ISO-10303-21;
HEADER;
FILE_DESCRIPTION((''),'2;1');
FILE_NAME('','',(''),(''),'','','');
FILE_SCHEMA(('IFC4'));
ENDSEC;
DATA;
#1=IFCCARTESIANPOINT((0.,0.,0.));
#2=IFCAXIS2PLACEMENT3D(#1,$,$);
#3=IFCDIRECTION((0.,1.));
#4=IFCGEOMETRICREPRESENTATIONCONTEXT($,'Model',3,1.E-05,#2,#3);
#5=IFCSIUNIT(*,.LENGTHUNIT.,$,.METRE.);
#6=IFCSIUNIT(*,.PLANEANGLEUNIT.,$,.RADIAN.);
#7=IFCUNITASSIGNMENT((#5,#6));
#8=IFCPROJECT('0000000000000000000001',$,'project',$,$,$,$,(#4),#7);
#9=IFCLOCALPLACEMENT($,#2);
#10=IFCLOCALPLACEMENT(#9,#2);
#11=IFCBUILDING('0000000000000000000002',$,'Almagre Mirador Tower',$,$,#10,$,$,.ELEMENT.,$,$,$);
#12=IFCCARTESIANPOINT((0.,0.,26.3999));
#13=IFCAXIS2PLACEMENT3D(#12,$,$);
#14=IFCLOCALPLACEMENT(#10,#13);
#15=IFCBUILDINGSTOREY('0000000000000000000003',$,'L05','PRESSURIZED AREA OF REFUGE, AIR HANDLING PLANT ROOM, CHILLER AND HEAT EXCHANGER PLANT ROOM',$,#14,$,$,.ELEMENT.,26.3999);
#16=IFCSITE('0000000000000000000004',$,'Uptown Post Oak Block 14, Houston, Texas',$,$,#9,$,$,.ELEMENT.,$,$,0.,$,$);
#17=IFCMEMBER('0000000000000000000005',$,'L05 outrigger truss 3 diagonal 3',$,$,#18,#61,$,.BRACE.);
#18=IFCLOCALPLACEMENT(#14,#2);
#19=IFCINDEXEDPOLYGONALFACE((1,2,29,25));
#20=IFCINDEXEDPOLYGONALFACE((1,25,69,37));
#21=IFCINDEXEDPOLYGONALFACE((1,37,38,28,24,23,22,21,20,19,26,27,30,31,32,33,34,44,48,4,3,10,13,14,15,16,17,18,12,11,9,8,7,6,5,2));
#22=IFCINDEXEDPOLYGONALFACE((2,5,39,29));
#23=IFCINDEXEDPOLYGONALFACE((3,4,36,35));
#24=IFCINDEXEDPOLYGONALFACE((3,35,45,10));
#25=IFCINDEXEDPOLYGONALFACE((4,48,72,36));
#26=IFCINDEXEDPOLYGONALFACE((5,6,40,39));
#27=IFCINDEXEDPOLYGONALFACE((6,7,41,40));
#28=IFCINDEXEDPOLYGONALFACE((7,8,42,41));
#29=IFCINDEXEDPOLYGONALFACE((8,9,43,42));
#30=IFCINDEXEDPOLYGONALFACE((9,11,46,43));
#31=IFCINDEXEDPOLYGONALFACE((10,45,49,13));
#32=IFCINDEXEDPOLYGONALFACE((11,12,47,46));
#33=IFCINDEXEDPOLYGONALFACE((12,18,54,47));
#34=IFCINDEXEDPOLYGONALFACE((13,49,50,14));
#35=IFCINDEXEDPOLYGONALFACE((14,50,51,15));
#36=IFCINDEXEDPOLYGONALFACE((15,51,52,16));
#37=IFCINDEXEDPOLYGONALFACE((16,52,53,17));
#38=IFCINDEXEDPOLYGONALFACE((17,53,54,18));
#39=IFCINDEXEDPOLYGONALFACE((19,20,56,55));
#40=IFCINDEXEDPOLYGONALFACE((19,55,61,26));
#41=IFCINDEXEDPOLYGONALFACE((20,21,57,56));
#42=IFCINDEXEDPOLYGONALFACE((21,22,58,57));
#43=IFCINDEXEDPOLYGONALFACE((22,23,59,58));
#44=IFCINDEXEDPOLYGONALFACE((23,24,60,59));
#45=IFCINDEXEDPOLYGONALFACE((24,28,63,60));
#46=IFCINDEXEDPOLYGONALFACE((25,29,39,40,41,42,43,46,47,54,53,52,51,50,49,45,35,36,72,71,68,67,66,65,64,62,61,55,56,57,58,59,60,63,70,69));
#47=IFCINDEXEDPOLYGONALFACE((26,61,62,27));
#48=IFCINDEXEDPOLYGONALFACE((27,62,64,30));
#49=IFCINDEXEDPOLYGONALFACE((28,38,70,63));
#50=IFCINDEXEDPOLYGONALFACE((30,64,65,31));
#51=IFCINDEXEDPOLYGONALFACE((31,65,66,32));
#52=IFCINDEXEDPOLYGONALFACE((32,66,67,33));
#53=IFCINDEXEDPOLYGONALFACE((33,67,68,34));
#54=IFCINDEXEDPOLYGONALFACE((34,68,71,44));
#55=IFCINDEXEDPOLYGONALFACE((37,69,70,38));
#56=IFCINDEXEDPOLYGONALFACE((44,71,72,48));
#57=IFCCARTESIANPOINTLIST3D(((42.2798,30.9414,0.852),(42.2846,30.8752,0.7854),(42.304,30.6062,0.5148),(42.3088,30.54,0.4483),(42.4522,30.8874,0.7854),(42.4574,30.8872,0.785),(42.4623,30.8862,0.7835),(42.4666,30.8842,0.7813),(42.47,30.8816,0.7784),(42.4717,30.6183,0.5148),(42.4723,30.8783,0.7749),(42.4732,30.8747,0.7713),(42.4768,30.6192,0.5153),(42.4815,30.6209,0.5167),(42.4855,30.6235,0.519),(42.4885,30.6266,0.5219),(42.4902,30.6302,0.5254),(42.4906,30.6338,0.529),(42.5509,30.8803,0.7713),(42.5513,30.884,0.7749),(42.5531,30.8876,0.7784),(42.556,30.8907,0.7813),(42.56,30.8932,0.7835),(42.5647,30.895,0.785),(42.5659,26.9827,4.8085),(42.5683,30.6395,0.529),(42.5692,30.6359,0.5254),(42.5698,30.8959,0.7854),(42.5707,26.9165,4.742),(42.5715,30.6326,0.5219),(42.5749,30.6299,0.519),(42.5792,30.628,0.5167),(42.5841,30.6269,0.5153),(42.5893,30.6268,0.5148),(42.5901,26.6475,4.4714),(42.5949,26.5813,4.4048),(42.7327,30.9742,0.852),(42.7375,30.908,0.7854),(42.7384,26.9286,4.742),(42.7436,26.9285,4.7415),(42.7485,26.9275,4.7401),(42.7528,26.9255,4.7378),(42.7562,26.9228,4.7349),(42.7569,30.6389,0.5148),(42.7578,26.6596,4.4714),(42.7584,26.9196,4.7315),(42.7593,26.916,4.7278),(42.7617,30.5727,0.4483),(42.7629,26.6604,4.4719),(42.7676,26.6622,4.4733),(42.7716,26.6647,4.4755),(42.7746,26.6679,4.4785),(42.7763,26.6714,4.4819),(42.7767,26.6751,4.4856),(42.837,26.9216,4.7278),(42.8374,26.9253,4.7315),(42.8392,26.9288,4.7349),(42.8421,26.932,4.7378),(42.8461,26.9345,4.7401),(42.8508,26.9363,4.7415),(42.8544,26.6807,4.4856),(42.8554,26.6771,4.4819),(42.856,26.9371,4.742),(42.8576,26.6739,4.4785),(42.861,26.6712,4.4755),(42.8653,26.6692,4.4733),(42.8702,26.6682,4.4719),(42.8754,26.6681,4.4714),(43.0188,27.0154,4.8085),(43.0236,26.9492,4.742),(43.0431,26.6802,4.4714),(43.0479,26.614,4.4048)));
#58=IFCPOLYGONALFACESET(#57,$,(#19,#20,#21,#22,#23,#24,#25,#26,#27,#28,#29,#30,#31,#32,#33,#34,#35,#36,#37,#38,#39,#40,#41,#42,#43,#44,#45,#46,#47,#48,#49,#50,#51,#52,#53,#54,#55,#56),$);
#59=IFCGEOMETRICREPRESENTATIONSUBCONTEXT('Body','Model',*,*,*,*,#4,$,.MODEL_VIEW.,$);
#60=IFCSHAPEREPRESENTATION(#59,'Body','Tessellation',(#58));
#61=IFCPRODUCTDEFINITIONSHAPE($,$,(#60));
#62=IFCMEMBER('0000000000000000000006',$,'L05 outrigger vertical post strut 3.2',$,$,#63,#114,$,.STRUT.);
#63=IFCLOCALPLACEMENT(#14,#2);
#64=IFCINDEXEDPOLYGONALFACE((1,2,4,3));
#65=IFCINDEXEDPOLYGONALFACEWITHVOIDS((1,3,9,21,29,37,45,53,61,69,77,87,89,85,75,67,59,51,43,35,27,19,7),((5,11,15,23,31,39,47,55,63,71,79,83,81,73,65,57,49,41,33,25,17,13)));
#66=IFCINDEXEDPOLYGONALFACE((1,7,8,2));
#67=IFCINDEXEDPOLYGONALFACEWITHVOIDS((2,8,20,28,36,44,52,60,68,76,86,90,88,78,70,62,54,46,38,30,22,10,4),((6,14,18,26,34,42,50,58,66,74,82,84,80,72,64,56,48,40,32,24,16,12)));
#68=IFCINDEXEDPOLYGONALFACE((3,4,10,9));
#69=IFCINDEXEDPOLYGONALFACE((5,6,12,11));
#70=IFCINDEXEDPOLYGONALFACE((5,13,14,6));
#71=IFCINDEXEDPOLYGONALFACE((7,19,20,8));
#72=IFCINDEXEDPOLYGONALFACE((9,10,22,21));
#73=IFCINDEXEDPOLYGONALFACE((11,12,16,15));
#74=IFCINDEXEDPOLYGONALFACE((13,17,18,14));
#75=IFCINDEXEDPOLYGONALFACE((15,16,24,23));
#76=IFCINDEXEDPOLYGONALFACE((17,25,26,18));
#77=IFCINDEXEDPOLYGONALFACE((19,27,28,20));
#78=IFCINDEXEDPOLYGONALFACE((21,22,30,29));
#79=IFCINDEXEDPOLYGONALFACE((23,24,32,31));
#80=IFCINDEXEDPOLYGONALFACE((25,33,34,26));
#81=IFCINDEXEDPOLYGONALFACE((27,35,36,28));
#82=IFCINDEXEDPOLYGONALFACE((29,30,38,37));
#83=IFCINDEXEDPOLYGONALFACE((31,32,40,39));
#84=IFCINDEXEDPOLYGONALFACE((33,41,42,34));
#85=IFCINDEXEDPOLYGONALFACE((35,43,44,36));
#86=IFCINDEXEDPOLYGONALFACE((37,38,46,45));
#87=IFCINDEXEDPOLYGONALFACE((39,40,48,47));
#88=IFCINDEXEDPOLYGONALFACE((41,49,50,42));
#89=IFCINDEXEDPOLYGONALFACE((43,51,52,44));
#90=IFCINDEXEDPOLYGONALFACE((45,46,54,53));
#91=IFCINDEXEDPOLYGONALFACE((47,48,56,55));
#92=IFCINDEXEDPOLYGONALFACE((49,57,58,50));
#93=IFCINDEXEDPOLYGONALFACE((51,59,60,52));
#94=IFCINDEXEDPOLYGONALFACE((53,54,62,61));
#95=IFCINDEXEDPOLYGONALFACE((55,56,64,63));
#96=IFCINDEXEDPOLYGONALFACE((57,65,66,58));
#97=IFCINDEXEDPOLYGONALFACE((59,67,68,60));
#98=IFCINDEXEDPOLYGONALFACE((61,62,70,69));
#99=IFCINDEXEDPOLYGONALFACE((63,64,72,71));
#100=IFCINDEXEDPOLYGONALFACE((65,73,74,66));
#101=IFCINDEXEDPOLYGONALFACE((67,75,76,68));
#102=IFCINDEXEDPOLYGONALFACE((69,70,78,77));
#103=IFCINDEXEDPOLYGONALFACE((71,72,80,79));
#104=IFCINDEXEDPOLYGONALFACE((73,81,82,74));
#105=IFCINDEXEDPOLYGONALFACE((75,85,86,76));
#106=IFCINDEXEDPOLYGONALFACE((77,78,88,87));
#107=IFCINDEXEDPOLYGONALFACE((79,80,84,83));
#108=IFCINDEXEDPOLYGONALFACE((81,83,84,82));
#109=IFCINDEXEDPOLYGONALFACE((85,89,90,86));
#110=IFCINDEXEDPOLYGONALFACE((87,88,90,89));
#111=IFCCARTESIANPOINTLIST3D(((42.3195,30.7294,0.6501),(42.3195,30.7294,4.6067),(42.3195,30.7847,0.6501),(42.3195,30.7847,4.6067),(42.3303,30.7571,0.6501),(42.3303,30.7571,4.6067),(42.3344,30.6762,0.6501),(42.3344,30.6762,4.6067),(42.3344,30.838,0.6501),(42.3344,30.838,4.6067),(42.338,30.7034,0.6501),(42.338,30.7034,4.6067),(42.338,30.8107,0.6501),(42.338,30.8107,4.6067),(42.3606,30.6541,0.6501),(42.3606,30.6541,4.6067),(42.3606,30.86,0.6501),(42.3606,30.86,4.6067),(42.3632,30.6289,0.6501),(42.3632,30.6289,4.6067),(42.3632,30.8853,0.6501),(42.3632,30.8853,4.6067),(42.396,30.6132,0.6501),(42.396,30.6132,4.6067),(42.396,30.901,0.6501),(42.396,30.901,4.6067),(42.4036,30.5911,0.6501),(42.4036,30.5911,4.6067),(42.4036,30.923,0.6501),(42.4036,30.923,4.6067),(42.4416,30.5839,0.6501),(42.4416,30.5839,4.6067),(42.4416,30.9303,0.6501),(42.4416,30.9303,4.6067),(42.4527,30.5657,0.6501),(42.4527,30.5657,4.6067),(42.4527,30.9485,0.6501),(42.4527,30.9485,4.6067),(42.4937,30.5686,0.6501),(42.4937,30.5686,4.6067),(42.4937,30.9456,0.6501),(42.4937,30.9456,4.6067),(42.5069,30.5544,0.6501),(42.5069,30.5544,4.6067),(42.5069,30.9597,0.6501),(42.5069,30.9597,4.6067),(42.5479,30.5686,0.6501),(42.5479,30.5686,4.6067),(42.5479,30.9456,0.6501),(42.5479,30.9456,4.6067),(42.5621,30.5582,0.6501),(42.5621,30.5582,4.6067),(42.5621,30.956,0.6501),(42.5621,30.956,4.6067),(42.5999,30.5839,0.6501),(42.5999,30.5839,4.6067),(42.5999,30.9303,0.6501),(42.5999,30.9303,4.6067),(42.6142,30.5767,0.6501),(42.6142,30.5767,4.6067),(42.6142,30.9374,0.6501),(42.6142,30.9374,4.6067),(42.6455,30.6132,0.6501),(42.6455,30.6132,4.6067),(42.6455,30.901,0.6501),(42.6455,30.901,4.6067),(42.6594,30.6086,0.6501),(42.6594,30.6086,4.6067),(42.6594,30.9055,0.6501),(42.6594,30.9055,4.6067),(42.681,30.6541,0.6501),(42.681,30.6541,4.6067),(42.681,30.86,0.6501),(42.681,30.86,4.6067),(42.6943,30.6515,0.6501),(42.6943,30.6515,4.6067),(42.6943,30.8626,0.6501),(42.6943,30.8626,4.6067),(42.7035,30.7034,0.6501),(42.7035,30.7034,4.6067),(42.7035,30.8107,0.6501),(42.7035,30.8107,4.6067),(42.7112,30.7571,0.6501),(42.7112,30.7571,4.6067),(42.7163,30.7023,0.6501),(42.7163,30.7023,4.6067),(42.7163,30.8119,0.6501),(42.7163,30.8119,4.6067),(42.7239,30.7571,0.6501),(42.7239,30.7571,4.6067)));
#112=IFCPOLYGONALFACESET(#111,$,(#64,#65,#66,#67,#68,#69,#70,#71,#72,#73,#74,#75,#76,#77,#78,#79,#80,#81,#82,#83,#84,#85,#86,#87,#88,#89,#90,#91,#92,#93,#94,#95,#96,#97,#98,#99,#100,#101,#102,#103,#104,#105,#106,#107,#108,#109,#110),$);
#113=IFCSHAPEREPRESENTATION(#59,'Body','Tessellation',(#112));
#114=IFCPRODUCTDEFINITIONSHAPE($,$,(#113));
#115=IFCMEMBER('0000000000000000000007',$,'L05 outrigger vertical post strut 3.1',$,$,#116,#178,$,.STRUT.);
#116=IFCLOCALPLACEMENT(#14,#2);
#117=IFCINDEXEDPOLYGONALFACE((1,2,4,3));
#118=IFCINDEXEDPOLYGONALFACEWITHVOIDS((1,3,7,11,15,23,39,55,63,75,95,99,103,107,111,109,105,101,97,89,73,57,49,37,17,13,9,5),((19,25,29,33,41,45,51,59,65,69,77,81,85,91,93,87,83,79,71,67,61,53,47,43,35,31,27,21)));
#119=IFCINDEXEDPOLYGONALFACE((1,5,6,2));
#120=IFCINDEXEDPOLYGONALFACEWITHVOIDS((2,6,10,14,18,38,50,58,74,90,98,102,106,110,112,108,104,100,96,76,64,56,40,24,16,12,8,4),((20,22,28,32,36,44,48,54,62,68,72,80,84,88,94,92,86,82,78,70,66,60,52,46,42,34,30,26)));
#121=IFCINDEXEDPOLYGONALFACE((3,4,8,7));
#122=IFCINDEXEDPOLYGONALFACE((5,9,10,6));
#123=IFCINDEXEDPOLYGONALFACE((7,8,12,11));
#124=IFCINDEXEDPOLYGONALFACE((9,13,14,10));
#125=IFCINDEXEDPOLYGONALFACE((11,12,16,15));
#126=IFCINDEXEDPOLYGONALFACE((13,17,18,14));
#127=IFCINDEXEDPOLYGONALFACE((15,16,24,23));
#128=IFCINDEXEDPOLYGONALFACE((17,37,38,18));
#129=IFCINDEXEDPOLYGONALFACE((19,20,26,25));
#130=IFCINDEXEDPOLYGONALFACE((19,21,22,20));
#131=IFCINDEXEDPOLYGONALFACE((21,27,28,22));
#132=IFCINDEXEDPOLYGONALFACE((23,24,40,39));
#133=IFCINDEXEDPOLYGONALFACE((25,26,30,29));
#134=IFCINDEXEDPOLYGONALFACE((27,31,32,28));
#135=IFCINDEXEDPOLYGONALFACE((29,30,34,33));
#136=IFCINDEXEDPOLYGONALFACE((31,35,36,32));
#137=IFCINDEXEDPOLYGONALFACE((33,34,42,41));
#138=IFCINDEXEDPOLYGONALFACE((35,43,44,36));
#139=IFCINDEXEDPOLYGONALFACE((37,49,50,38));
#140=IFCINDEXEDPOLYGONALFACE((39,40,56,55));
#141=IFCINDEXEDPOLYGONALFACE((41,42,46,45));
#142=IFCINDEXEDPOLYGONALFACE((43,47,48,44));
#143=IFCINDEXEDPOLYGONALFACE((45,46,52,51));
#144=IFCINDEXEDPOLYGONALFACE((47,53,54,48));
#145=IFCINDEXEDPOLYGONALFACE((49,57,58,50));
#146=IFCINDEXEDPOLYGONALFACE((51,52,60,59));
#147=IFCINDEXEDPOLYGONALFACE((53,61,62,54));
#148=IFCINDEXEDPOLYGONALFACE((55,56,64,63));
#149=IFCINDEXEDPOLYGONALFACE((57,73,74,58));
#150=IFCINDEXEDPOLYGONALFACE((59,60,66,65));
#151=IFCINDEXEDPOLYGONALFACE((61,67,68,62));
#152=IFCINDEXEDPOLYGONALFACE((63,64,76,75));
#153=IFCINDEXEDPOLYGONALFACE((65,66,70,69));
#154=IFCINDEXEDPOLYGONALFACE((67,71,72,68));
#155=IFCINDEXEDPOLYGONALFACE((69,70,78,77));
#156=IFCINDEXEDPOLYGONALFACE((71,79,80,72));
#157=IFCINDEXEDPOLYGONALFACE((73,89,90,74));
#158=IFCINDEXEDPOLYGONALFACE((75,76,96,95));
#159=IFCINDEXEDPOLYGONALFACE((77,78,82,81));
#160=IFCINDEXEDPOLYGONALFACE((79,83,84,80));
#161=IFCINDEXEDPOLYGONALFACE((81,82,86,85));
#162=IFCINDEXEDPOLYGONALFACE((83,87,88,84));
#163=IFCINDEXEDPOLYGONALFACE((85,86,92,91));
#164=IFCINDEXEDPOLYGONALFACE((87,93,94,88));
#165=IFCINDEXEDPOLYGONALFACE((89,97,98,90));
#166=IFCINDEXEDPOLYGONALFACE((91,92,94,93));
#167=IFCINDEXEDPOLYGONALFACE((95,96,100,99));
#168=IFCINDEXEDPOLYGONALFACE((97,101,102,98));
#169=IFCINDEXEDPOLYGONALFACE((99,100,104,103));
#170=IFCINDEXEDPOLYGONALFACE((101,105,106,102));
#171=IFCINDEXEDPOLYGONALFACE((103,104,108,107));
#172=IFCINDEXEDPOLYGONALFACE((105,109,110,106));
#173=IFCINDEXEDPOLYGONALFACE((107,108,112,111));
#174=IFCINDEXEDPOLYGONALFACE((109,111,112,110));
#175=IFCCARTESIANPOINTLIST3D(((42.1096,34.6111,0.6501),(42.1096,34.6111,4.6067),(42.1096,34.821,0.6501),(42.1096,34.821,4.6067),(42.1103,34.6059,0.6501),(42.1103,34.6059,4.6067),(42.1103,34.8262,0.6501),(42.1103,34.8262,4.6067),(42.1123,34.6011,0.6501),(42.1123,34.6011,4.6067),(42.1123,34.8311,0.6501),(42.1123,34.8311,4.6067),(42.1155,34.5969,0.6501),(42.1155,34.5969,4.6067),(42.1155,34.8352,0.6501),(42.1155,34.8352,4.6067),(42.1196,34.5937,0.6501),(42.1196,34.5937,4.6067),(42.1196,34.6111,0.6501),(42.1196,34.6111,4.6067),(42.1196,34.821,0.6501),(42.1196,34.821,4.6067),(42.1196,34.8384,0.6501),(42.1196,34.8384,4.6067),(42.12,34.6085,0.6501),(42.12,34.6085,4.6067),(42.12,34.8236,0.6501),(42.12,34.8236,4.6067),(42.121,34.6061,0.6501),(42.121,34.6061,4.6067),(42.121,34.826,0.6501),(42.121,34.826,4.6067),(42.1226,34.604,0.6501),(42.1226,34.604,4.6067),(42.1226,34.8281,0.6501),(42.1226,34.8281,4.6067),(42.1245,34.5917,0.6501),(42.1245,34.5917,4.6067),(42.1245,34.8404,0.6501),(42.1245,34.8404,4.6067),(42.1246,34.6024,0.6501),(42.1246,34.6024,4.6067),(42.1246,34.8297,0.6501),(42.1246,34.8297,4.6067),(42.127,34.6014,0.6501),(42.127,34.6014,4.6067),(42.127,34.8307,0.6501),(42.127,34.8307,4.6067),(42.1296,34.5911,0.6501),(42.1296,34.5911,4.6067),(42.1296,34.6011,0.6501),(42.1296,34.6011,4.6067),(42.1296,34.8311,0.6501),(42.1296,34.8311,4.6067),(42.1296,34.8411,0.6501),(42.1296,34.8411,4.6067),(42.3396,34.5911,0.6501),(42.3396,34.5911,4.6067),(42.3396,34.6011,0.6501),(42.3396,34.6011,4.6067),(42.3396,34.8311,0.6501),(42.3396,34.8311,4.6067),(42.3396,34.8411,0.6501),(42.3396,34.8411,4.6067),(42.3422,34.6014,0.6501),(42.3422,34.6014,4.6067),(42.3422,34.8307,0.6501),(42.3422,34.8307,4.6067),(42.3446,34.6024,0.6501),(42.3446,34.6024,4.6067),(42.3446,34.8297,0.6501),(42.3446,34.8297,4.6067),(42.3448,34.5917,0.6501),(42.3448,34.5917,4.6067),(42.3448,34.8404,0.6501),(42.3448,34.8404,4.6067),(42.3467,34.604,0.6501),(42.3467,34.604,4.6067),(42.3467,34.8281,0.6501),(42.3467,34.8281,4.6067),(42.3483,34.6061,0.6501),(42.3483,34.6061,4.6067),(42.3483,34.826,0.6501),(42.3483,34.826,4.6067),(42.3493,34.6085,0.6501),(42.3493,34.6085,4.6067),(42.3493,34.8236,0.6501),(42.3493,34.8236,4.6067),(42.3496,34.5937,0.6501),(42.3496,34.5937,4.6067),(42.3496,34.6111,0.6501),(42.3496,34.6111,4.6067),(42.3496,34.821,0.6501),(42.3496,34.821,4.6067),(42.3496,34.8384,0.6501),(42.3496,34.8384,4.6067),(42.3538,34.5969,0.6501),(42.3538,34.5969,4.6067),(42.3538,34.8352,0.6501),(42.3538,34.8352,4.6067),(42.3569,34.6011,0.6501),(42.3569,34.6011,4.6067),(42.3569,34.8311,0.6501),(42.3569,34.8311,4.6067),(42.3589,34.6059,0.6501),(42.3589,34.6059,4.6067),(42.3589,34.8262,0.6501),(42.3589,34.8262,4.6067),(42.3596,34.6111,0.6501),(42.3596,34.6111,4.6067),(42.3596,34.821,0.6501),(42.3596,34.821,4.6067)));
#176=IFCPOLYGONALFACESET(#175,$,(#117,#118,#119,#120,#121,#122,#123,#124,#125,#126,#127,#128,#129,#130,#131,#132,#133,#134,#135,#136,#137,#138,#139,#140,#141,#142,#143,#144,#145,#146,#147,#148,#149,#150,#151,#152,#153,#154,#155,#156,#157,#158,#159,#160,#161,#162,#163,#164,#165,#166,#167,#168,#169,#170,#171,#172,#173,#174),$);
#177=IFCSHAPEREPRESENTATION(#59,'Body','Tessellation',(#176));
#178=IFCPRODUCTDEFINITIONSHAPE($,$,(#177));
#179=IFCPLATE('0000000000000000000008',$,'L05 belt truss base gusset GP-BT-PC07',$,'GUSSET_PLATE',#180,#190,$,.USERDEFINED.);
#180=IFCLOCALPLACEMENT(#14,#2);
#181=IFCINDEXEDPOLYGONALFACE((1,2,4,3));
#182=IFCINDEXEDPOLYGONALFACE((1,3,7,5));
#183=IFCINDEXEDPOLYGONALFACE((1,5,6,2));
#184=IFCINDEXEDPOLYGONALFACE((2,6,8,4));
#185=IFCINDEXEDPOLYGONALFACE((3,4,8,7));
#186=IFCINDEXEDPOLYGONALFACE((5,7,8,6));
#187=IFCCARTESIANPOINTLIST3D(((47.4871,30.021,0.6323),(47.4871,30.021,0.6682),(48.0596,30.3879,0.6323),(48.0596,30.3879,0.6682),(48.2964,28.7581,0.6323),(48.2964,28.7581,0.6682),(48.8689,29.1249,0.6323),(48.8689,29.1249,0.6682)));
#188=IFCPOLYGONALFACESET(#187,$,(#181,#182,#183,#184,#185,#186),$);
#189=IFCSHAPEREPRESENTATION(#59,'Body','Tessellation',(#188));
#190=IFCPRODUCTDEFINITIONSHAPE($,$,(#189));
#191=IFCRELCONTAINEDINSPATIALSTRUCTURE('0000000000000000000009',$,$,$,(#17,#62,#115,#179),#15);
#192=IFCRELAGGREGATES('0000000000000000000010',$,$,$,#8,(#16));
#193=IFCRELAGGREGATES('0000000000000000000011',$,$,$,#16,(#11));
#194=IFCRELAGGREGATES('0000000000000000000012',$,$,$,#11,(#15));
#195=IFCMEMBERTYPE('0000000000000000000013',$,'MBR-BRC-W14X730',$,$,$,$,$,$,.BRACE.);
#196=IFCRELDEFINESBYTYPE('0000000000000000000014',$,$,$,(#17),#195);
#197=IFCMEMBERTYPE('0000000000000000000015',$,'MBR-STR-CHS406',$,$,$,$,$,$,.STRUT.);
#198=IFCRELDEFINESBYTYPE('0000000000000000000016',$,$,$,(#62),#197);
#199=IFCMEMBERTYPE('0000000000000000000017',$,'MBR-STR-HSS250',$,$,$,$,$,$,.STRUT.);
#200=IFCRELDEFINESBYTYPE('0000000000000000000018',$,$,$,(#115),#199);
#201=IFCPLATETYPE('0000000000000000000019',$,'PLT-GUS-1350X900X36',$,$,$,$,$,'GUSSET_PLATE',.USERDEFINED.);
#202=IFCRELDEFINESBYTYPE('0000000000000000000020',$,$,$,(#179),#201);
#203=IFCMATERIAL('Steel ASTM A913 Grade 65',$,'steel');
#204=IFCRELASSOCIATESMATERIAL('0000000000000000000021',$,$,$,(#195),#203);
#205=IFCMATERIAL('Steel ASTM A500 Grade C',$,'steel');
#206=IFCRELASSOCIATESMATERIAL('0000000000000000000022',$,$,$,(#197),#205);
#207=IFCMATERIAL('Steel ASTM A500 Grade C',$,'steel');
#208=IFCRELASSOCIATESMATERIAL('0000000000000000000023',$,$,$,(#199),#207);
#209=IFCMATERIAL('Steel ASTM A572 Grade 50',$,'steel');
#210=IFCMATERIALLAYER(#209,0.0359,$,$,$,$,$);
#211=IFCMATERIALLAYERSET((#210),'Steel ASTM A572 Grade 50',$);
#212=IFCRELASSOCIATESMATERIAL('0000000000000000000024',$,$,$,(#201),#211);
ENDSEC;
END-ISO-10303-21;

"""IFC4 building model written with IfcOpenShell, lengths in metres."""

from ifc_helpers import new_model, si_unit, direction, frame, origin, origin_2d, place, context, subcontext, project, spatial, rectangle, hollow_rectangle, hollow_circle, i_section, extrude, material, layer, layer_set, material_profile, profile_set, type_object, element, save


model = new_model("IFC4")

# Units and contexts
model_context = context("Model", 3, precision=1e-05, world=origin(), true_north=direction((0.0, 1.0)))
body_context = subcontext(model_context, "Body", "Model", "MODEL_VIEW")
ifc_project = project(units=[si_unit("LENGTHUNIT", "METRE"), si_unit("PLANEANGLEUNIT", "RADIAN")], contexts=[model_context])

# Site, building, storey
site_placement = place(None, origin())
site = spatial("IfcSite", under=ifc_project, at=site_placement, Name="Uptown Post Oak Block 14, Houston, Texas", CompositionType="ELEMENT", RefElevation=0.0)
building_placement = place(site_placement, origin())
building = spatial("IfcBuilding", under=site, at=building_placement, Name="Almagre Mirador Tower", CompositionType="ELEMENT")
storey_placement = place(building_placement, frame((0.0, 0.0, 26.3999)))
storey = spatial("IfcBuildingStorey", under=building, at=storey_placement, Name="L05", Description="PRESSURIZED AREA OF REFUGE, AIR HANDLING PLANT ROOM, CHILLER AND HEAT EXCHANGER PLANT ROOM", CompositionType="ELEMENT", Elevation=26.3999)

# Members
ifc_material_1 = material(Name="Steel ASTM A913 Grade 65", Category="steel")
ifc_material_profile_1 = material_profile(ifc_material_1, i_section(OverallWidth=0.4541, OverallDepth=0.5701, WebThickness=0.0779, FlangeThickness=0.094, FilletRadius=0.02, at=origin_2d()), Name="W14X730")
ifc_profile_set_1 = profile_set([ifc_material_profile_1], Name="Steel ASTM A913 Grade 65")
member_type_1 = type_object("IfcMemberType", Name="MBR-BRC-W14X730", PredefinedType="BRACE", material=ifc_profile_set_1)
member_1_placement = place(storey_placement, frame((42.5208, 30.7571, 0.6501), z_axis=(0.051056, -0.706381, 0.705988), x_axis=(0.997398, 0.072091, 0.0)))
element("IfcMember", 1, at=member_1_placement, inside=storey, type_object=member_type_1, Name="L05 outrigger truss 3 diagonal 3", PredefinedType="BRACE", context=body_context, shape_type="SweptSolid", body=[
    extrude(i_section(OverallWidth=0.4541, OverallDepth=0.5701, WebThickness=0.0779, FlangeThickness=0.094, FilletRadius=0.02, at=origin_2d()), origin(), (0.0, 0.0, 1.0), 5.6042),
])
ifc_material_2 = material(Name="Steel ASTM A500 Grade C", Category="steel")
ifc_material_profile_2 = material_profile(ifc_material_2, hollow_circle(Radius=0.2031, WallThickness=0.0127, at=origin_2d()), Name="CHS406.4X12.7")
ifc_profile_set_2 = profile_set([ifc_material_profile_2], Name="Steel ASTM A500 Grade C")
member_type_2 = type_object("IfcMemberType", Name="MBR-STR-CHS406", PredefinedType="STRUT", material=ifc_profile_set_2)
member_2_placement = place(storey_placement, frame((42.5208, 30.7571, 0.6501), z_axis=(0.0, 0.0, 1.0), x_axis=(1.0, 0.0, 0.0)))
element("IfcMember", 2, at=member_2_placement, inside=storey, type_object=member_type_2, Name="L05 outrigger vertical post strut 3.2", PredefinedType="STRUT", context=body_context, shape_type="SweptSolid", body=[
    extrude(hollow_circle(Radius=0.2031, WallThickness=0.0127, at=origin_2d()), origin(), (0.0, 0.0, 1.0), 3.9565),
])
ifc_material_3 = material(Name="Steel ASTM A500 Grade C", Category="steel")
ifc_material_profile_3 = material_profile(ifc_material_3, hollow_rectangle(XDim=0.25, YDim=0.25, WallThickness=0.01, InnerFilletRadius=0.01, OuterFilletRadius=0.02, at=origin_2d()), Name="HSS250X250X10")
ifc_profile_set_3 = profile_set([ifc_material_profile_3], Name="Steel ASTM A500 Grade C")
member_type_3 = type_object("IfcMemberType", Name="MBR-STR-HSS250", PredefinedType="STRUT", material=ifc_profile_set_3)
member_3_placement = place(storey_placement, frame((42.2346, 34.7161, 0.6501), z_axis=(0.0, 0.0, 1.0), x_axis=(1.0, 0.0, 0.0)))
element("IfcMember", 3, at=member_3_placement, inside=storey, type_object=member_type_3, Name="L05 outrigger vertical post strut 3.1", PredefinedType="STRUT", context=body_context, shape_type="SweptSolid", body=[
    extrude(hollow_rectangle(XDim=0.25, YDim=0.25, WallThickness=0.01, InnerFilletRadius=0.01, OuterFilletRadius=0.02, at=origin_2d()), origin(), (0.0, 0.0, 1.0), 3.9565),
])

# Plate
ifc_material_4 = material(Name="Steel ASTM A572 Grade 50", Category="steel")
ifc_layer_1 = layer(ifc_material_4, 0.0359)
ifc_layer_set_1 = layer_set([ifc_layer_1], Name="Steel ASTM A572 Grade 50")
plate_type_1 = type_object("IfcPlateType", Name="PLT-GUS-1350X900X36", ElementType="GUSSET_PLATE", PredefinedType="USERDEFINED", material=ifc_layer_set_1)
plate_1_placement = place(storey_placement, frame((48.178, 29.573, 0.6323), z_axis=(0.0, 0.0, 1.0), x_axis=(-0.539535, 0.841963, 0.0)))
element("IfcPlate", 4, at=plate_1_placement, inside=storey, type_object=plate_type_1, Name="L05 belt truss base gusset GP-BT-PC07", ObjectType="GUSSET_PLATE", PredefinedType="USERDEFINED", context=body_context, shape_type="SweptSolid", body=[
    extrude(rectangle(XDim=1.5, YDim=0.6799, at=origin_2d()), origin(), (0.0, 0.0, 1.0), 0.0359),
])

save(model, "model.ifc")
